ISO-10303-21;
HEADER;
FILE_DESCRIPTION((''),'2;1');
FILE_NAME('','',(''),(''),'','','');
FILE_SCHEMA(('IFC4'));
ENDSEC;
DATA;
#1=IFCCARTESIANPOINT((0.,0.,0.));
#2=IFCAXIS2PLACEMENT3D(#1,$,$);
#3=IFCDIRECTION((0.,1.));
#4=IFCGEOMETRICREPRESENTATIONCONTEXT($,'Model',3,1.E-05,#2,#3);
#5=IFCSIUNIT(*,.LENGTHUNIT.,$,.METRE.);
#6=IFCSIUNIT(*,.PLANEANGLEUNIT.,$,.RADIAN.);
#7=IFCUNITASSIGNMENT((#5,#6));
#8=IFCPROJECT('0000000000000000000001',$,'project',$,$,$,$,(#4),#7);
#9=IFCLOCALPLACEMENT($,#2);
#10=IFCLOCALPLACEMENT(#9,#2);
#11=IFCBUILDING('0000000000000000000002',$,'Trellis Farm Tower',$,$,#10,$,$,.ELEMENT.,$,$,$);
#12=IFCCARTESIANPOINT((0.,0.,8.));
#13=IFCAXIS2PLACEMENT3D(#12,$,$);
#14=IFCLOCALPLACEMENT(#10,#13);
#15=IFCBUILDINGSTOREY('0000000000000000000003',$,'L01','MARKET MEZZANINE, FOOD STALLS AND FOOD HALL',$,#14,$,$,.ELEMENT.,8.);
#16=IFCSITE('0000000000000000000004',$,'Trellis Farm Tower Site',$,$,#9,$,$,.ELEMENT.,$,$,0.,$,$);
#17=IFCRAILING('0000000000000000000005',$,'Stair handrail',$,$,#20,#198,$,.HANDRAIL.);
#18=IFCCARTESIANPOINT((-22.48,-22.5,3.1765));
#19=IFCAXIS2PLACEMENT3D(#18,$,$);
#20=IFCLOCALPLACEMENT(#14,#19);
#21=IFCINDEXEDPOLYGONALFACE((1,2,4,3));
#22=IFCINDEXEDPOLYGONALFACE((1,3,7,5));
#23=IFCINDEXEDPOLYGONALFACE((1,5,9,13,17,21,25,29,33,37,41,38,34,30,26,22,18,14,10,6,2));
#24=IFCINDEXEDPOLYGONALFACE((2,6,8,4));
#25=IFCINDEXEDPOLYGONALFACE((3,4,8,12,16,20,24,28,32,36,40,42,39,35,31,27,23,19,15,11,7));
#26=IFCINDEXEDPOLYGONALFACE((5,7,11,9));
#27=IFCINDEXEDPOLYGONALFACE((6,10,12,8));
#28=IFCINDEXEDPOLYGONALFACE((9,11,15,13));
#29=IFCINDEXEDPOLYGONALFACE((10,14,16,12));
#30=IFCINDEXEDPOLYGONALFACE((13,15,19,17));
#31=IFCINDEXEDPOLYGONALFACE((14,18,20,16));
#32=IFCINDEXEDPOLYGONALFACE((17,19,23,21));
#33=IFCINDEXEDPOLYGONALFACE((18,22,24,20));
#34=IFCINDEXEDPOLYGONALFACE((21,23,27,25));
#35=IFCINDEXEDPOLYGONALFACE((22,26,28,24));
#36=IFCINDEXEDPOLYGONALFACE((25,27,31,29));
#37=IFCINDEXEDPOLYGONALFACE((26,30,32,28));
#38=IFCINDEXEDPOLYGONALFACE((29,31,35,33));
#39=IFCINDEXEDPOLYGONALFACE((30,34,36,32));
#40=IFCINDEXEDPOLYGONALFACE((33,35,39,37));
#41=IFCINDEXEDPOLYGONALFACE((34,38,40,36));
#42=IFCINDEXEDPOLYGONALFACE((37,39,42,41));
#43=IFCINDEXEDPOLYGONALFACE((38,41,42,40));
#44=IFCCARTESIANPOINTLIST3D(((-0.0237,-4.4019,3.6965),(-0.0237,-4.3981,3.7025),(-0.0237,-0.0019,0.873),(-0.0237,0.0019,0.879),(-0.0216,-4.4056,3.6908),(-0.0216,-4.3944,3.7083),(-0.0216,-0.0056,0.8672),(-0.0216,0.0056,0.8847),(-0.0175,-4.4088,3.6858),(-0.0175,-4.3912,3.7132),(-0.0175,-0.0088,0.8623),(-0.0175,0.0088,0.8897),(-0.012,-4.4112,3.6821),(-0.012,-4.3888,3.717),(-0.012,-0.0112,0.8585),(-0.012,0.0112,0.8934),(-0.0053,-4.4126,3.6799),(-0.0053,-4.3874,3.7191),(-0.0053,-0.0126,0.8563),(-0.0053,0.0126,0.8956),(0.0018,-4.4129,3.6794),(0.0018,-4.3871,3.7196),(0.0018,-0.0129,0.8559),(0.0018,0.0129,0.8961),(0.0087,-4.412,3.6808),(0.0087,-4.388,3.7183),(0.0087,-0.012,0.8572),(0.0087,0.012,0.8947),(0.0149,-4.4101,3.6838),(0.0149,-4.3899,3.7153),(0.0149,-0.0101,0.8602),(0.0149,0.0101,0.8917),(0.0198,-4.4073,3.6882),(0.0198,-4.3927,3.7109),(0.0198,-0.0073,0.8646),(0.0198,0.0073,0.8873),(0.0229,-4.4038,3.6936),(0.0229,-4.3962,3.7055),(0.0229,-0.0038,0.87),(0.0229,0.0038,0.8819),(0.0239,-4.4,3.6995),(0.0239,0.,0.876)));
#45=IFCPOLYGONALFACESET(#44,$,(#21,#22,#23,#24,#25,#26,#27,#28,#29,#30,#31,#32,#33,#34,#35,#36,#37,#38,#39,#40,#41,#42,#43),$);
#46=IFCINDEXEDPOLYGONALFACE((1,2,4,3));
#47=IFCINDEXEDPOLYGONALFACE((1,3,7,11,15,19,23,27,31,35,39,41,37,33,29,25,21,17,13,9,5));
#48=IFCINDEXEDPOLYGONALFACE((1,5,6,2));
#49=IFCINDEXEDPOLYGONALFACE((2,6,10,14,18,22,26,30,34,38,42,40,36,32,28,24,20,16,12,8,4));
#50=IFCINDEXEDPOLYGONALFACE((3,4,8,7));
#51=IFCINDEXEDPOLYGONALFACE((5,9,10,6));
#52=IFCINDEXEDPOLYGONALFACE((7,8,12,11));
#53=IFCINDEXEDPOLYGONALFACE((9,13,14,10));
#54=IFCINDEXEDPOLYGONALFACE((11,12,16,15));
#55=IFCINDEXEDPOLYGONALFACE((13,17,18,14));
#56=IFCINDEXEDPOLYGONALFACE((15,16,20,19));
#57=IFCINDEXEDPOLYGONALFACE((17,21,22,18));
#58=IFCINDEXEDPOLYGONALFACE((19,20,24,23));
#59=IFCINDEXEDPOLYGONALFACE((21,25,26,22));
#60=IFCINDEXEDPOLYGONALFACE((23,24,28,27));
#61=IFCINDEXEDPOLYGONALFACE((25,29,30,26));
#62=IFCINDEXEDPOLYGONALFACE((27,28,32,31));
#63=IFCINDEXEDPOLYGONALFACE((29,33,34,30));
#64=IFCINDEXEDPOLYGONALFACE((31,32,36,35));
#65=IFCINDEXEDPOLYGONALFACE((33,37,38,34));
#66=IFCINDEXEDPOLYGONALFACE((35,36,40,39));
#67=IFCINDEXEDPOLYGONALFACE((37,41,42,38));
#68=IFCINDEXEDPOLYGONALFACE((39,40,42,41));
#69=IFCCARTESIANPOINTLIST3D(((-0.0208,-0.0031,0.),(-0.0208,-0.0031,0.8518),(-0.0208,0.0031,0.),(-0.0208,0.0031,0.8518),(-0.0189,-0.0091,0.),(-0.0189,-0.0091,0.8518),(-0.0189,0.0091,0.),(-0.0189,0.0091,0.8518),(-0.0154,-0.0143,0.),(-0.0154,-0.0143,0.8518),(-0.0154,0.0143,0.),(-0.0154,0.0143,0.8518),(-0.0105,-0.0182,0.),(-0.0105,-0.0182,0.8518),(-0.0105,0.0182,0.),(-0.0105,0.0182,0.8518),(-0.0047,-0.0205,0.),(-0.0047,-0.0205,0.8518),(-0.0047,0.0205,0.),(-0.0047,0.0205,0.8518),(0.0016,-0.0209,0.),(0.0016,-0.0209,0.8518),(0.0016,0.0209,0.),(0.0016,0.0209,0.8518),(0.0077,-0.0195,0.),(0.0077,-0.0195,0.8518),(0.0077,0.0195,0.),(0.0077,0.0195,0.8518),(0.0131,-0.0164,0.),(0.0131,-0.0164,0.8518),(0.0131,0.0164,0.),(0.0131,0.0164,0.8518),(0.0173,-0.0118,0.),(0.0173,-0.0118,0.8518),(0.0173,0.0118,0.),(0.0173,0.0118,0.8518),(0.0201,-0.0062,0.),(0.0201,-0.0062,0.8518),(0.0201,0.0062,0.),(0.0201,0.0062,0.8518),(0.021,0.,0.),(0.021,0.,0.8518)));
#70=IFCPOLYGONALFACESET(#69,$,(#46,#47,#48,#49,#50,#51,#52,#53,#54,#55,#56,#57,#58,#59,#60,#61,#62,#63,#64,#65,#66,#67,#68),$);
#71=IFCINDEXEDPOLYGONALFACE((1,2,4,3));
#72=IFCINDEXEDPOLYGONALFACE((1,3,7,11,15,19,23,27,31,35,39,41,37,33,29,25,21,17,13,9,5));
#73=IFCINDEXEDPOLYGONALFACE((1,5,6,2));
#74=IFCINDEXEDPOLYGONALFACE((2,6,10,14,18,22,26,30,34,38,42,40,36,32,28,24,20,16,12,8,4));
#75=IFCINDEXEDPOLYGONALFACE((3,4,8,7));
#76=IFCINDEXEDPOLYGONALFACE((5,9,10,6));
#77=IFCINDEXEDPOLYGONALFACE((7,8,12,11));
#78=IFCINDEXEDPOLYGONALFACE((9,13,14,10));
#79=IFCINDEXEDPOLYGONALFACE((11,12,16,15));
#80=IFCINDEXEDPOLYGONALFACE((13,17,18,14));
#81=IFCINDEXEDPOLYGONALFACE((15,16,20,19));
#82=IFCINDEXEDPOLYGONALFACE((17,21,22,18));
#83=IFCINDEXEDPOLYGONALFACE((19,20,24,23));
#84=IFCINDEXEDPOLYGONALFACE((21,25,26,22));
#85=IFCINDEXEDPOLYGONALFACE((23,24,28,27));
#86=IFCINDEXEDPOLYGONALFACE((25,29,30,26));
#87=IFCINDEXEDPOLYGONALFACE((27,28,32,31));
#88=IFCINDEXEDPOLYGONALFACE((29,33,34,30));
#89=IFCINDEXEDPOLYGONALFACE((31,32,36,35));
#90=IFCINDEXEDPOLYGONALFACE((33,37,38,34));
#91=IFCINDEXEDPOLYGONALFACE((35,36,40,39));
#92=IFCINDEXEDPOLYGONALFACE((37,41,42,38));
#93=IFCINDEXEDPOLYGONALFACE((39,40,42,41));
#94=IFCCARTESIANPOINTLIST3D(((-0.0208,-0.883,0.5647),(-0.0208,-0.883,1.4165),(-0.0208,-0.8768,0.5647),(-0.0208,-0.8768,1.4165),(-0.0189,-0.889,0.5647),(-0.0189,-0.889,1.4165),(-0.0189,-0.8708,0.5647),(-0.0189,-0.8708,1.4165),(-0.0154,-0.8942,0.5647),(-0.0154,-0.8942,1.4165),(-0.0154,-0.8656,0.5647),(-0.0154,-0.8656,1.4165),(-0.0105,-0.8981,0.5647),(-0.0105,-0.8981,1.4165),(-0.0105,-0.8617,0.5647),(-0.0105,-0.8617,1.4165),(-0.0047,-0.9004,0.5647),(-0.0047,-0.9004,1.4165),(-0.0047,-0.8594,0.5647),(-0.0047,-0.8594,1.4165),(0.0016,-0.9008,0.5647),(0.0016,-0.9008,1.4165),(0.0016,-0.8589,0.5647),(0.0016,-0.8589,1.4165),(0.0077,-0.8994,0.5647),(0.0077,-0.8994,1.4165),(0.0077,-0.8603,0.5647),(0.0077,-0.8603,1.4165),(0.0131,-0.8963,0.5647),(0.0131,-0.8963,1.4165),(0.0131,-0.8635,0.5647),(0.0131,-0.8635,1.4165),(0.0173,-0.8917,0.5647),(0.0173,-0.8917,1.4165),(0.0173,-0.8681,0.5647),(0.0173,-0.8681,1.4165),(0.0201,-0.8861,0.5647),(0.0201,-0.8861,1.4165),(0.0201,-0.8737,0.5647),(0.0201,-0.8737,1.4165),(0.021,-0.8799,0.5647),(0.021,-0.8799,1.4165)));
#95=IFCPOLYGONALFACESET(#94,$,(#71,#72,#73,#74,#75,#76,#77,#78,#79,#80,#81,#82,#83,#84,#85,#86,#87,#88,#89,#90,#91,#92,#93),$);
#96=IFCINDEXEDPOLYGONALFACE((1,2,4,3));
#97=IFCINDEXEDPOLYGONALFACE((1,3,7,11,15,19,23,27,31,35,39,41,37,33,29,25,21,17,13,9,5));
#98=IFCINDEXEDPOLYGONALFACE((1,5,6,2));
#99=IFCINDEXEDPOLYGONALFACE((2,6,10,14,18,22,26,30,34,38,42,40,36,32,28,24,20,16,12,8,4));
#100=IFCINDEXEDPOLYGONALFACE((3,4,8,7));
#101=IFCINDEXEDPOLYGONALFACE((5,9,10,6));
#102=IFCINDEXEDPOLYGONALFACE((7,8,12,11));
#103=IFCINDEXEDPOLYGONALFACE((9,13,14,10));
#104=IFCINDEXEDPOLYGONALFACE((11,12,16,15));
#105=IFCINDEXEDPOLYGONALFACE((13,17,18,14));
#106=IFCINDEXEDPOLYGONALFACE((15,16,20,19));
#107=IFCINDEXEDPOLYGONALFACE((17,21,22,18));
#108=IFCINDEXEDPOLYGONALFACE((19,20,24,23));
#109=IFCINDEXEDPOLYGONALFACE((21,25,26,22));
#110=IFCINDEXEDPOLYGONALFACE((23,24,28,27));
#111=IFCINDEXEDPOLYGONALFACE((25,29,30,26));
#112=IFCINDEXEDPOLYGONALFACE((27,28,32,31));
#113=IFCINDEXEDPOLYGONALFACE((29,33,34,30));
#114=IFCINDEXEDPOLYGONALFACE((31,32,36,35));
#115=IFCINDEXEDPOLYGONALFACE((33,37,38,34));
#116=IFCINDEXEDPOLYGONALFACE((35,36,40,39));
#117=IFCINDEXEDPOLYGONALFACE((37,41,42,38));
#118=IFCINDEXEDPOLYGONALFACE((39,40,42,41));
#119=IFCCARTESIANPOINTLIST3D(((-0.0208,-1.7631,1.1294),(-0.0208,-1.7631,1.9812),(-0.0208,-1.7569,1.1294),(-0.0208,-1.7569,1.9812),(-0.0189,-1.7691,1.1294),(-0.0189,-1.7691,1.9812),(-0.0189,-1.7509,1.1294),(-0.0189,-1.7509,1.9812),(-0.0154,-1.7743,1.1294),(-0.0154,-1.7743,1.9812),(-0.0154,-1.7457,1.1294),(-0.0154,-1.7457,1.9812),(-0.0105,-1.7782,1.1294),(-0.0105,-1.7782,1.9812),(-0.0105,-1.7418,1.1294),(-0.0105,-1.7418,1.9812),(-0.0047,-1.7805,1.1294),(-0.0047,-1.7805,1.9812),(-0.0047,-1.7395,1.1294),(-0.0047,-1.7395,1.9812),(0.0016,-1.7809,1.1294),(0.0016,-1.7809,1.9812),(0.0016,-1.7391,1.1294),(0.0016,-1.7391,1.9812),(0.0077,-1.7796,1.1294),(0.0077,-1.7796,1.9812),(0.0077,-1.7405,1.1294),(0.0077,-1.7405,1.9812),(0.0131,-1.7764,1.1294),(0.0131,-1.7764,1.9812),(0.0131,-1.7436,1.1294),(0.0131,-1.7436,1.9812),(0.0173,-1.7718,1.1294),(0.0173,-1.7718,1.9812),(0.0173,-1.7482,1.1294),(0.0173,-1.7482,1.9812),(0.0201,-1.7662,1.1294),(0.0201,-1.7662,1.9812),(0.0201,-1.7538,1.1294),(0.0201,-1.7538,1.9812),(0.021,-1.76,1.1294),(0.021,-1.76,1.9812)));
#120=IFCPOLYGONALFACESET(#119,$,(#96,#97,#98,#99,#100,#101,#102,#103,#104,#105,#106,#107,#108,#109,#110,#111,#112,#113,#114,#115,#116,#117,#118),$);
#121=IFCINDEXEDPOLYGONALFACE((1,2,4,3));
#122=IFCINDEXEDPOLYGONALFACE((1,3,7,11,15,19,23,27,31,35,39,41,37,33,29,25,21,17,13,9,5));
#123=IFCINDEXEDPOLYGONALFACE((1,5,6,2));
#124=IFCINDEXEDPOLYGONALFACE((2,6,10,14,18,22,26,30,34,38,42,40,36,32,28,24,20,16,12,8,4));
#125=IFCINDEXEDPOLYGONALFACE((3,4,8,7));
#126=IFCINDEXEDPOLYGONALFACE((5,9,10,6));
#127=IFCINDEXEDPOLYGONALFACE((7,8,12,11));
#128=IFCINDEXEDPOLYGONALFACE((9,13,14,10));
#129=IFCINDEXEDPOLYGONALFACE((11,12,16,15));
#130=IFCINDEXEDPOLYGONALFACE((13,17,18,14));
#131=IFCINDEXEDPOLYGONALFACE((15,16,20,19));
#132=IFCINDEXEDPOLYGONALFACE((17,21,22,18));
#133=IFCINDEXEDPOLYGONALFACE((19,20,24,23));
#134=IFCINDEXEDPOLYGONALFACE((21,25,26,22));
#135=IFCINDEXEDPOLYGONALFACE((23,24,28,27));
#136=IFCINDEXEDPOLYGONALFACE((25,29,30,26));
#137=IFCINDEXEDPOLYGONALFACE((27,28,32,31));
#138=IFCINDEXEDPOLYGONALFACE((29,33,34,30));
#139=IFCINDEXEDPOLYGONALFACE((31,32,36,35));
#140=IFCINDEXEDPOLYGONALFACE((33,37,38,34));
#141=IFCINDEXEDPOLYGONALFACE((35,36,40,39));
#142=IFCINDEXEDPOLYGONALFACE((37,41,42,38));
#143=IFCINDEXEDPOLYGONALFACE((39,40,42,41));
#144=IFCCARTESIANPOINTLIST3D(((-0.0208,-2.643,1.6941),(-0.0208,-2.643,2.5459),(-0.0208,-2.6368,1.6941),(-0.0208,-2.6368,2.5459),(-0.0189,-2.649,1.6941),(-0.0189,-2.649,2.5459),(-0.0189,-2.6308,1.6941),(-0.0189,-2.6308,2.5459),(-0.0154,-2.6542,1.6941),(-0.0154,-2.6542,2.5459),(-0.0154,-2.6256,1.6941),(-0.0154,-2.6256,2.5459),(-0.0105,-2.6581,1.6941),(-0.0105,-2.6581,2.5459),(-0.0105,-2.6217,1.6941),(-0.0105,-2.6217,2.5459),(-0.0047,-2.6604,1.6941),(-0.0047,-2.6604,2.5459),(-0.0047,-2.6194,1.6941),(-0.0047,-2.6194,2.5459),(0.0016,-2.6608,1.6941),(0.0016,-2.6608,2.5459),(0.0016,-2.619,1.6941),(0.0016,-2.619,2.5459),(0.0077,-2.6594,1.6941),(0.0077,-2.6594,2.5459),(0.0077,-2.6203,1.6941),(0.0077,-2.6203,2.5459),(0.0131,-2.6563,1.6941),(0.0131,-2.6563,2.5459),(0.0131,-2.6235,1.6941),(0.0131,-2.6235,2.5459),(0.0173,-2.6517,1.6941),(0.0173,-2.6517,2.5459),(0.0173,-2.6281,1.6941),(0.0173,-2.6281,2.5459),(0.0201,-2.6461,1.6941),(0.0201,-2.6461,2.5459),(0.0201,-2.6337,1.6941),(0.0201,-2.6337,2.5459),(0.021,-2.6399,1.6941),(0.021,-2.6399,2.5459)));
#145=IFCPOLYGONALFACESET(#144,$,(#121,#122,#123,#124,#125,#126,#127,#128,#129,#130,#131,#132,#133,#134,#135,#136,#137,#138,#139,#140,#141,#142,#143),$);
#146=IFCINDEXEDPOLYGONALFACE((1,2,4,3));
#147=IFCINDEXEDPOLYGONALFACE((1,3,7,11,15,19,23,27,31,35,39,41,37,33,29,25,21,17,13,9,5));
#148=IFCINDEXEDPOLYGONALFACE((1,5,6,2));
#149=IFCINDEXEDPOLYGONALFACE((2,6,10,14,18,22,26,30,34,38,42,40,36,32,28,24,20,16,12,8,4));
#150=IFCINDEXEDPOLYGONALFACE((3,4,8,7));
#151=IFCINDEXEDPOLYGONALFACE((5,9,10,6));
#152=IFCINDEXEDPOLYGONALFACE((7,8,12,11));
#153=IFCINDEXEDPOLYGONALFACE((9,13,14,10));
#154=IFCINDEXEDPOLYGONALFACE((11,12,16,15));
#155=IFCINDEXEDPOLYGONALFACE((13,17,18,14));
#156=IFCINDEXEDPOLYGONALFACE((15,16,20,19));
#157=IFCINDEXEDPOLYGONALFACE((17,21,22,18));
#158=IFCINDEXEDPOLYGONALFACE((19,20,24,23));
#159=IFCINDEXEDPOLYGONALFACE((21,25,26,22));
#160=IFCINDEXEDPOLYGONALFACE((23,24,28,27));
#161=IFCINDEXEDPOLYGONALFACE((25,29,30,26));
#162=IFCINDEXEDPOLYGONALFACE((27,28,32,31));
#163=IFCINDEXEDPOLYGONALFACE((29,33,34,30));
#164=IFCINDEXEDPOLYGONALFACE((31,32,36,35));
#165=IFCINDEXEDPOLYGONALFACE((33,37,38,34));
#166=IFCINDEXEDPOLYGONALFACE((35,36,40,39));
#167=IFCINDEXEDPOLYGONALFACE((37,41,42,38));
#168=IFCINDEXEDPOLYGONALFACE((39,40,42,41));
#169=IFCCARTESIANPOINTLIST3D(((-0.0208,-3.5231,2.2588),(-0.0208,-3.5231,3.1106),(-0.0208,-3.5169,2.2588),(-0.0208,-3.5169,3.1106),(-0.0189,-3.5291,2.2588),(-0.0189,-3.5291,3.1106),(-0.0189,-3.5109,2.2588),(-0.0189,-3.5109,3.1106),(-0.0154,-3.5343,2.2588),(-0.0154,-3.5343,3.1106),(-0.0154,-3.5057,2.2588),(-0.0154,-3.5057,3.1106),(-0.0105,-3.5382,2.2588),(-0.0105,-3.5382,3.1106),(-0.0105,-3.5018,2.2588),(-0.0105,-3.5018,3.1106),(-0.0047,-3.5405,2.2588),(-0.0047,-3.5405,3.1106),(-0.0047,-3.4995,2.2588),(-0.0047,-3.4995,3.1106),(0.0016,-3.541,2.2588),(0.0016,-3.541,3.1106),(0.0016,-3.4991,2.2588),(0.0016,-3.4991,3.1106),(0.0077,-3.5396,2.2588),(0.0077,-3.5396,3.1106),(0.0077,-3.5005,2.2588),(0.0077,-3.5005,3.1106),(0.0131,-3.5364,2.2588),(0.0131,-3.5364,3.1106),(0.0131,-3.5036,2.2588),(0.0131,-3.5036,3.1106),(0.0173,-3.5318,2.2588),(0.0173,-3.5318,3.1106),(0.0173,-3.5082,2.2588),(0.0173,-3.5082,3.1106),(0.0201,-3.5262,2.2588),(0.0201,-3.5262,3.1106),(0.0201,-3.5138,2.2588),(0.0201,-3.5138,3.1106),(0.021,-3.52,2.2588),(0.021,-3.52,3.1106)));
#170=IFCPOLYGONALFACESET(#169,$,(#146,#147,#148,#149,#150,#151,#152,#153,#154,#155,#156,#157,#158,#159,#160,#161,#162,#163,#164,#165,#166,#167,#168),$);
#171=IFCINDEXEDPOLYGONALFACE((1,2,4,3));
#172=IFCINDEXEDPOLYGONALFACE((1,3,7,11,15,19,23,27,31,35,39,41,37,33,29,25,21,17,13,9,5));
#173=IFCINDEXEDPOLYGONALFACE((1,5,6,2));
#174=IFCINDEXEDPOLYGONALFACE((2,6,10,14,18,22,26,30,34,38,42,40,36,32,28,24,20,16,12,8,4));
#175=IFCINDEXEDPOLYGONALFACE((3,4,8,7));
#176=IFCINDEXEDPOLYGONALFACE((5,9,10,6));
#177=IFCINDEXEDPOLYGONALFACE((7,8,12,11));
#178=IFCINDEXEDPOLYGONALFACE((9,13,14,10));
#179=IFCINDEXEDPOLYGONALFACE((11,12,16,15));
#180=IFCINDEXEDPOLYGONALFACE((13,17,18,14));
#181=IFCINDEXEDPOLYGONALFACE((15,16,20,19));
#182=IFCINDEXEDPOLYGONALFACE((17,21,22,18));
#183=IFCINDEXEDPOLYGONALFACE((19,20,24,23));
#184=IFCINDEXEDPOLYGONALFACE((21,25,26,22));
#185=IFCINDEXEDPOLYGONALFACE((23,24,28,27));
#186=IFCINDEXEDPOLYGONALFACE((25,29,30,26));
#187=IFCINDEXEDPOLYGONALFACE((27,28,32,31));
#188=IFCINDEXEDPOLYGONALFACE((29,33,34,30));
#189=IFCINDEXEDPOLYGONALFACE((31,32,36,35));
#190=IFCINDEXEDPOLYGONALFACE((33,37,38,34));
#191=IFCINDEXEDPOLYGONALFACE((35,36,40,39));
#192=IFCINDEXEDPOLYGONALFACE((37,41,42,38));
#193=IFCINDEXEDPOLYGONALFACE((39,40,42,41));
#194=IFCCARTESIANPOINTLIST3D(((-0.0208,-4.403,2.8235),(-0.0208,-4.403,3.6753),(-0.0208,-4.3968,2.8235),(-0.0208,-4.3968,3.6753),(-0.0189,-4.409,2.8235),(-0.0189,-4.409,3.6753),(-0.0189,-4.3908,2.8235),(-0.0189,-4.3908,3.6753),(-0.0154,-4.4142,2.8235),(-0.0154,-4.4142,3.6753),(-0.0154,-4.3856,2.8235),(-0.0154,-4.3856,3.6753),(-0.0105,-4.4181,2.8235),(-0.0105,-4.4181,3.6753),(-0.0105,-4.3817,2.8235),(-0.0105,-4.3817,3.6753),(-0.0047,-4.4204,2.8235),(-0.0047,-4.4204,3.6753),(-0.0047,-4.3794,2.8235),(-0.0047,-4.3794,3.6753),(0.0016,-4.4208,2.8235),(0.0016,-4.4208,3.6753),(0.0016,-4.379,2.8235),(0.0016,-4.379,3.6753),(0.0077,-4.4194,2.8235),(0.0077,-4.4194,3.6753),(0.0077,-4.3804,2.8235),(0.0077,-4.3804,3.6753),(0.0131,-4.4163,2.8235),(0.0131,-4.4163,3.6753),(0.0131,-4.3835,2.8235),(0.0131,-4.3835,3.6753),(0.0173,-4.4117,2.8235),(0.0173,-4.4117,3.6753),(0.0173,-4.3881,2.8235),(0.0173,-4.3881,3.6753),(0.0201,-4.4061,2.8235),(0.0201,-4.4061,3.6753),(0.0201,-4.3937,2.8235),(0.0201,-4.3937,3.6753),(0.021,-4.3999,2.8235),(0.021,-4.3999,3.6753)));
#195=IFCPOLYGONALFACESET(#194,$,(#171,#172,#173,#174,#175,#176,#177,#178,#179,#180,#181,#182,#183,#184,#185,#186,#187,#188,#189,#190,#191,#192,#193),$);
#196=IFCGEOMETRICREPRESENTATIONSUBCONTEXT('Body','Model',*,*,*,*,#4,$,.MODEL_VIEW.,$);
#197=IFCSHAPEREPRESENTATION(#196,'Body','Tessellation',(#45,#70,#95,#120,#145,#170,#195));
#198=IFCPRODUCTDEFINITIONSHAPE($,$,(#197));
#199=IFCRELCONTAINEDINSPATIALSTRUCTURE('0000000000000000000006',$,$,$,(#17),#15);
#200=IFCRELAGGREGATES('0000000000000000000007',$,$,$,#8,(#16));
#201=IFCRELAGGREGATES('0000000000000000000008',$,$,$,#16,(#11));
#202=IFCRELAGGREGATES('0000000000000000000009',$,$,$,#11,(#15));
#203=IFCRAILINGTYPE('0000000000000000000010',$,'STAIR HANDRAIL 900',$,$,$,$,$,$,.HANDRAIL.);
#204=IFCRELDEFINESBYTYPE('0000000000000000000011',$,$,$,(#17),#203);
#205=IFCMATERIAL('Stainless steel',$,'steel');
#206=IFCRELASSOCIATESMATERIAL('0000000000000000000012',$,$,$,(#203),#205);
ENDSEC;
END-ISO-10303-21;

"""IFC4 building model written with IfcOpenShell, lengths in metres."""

from ifc_helpers import new_model, si_unit, direction, frame, origin, origin_2d, place, context, subcontext, project, spatial, circle, extrude, source, transform, mapped, material, type_object, element, save


model = new_model("IFC4")

# Units and contexts
model_context = context("Model", 3, precision=1e-05, world=origin(), true_north=direction((0.0, 1.0)))
body_context = subcontext(model_context, "Body", "Model", "MODEL_VIEW")
ifc_project = project(units=[si_unit("LENGTHUNIT", "METRE"), si_unit("PLANEANGLEUNIT", "RADIAN")], contexts=[model_context])

# Site, building, storey
site_placement = place(None, origin())
site = spatial("IfcSite", under=ifc_project, at=site_placement, Name="Trellis Farm Tower Site", CompositionType="ELEMENT", RefElevation=0.0)
building_placement = place(site_placement, origin())
building = spatial("IfcBuilding", under=site, at=building_placement, Name="Trellis Farm Tower", CompositionType="ELEMENT")
storey_placement = place(building_placement, frame((0.0, 0.0, 8.0)))
storey = spatial("IfcBuildingStorey", under=building, at=storey_placement, Name="L01", Description="MARKET MEZZANINE, FOOD STALLS AND FOOD HALL", CompositionType="ELEMENT", Elevation=8.0)

# Railing
ifc_material_1 = material(Name="Stainless steel", Category="steel")
railing_type = type_object("IfcRailingType", Name="STAIR HANDRAIL 900", PredefinedType="HANDRAIL", material=ifc_material_1)
shared_shape_1 = source(origin(), body_context, "Body", "SweptSolid", [
    extrude(circle(Radius=0.0239, at=origin_2d()), frame((0.0, 0.0, 0.876), z_axis=(0.0, -0.841615, 0.540078), x_axis=(1.0, 0.0, 0.0)), (0.0, 0.0, 1.0), 5.228),
    extrude(circle(Radius=0.021, at=origin_2d()), origin(), (0.0, 0.0, 1.0), 0.8518),
    extrude(circle(Radius=0.021, at=origin_2d()), frame((0.0, -0.8799, 0.5647)), (0.0, 0.0, 1.0), 0.8518),
    extrude(circle(Radius=0.021, at=origin_2d()), frame((0.0, -1.76, 1.1294)), (0.0, 0.0, 1.0), 0.8518),
    extrude(circle(Radius=0.021, at=origin_2d()), frame((0.0, -2.6399, 1.6941)), (0.0, 0.0, 1.0), 0.8518),
    extrude(circle(Radius=0.021, at=origin_2d()), frame((0.0, -3.52, 2.2588)), (0.0, 0.0, 1.0), 0.8518),
    extrude(circle(Radius=0.021, at=origin_2d()), frame((0.0, -4.3999, 2.8235)), (0.0, 0.0, 1.0), 0.8518),
])
for number, where, name in (
    (1, (-22.48, -22.5, 3.1765), "Stair handrail"),
):
    element("IfcRailing", number, at=place(storey_placement, frame(where)), inside=storey, type_object=railing_type, Name=name, PredefinedType="HANDRAIL", context=body_context, shape_type="MappedRepresentation", body=[
        mapped(shared_shape_1, transform((0.0, 0.0, 0.0))),
    ])

save(model, "model.ifc")
